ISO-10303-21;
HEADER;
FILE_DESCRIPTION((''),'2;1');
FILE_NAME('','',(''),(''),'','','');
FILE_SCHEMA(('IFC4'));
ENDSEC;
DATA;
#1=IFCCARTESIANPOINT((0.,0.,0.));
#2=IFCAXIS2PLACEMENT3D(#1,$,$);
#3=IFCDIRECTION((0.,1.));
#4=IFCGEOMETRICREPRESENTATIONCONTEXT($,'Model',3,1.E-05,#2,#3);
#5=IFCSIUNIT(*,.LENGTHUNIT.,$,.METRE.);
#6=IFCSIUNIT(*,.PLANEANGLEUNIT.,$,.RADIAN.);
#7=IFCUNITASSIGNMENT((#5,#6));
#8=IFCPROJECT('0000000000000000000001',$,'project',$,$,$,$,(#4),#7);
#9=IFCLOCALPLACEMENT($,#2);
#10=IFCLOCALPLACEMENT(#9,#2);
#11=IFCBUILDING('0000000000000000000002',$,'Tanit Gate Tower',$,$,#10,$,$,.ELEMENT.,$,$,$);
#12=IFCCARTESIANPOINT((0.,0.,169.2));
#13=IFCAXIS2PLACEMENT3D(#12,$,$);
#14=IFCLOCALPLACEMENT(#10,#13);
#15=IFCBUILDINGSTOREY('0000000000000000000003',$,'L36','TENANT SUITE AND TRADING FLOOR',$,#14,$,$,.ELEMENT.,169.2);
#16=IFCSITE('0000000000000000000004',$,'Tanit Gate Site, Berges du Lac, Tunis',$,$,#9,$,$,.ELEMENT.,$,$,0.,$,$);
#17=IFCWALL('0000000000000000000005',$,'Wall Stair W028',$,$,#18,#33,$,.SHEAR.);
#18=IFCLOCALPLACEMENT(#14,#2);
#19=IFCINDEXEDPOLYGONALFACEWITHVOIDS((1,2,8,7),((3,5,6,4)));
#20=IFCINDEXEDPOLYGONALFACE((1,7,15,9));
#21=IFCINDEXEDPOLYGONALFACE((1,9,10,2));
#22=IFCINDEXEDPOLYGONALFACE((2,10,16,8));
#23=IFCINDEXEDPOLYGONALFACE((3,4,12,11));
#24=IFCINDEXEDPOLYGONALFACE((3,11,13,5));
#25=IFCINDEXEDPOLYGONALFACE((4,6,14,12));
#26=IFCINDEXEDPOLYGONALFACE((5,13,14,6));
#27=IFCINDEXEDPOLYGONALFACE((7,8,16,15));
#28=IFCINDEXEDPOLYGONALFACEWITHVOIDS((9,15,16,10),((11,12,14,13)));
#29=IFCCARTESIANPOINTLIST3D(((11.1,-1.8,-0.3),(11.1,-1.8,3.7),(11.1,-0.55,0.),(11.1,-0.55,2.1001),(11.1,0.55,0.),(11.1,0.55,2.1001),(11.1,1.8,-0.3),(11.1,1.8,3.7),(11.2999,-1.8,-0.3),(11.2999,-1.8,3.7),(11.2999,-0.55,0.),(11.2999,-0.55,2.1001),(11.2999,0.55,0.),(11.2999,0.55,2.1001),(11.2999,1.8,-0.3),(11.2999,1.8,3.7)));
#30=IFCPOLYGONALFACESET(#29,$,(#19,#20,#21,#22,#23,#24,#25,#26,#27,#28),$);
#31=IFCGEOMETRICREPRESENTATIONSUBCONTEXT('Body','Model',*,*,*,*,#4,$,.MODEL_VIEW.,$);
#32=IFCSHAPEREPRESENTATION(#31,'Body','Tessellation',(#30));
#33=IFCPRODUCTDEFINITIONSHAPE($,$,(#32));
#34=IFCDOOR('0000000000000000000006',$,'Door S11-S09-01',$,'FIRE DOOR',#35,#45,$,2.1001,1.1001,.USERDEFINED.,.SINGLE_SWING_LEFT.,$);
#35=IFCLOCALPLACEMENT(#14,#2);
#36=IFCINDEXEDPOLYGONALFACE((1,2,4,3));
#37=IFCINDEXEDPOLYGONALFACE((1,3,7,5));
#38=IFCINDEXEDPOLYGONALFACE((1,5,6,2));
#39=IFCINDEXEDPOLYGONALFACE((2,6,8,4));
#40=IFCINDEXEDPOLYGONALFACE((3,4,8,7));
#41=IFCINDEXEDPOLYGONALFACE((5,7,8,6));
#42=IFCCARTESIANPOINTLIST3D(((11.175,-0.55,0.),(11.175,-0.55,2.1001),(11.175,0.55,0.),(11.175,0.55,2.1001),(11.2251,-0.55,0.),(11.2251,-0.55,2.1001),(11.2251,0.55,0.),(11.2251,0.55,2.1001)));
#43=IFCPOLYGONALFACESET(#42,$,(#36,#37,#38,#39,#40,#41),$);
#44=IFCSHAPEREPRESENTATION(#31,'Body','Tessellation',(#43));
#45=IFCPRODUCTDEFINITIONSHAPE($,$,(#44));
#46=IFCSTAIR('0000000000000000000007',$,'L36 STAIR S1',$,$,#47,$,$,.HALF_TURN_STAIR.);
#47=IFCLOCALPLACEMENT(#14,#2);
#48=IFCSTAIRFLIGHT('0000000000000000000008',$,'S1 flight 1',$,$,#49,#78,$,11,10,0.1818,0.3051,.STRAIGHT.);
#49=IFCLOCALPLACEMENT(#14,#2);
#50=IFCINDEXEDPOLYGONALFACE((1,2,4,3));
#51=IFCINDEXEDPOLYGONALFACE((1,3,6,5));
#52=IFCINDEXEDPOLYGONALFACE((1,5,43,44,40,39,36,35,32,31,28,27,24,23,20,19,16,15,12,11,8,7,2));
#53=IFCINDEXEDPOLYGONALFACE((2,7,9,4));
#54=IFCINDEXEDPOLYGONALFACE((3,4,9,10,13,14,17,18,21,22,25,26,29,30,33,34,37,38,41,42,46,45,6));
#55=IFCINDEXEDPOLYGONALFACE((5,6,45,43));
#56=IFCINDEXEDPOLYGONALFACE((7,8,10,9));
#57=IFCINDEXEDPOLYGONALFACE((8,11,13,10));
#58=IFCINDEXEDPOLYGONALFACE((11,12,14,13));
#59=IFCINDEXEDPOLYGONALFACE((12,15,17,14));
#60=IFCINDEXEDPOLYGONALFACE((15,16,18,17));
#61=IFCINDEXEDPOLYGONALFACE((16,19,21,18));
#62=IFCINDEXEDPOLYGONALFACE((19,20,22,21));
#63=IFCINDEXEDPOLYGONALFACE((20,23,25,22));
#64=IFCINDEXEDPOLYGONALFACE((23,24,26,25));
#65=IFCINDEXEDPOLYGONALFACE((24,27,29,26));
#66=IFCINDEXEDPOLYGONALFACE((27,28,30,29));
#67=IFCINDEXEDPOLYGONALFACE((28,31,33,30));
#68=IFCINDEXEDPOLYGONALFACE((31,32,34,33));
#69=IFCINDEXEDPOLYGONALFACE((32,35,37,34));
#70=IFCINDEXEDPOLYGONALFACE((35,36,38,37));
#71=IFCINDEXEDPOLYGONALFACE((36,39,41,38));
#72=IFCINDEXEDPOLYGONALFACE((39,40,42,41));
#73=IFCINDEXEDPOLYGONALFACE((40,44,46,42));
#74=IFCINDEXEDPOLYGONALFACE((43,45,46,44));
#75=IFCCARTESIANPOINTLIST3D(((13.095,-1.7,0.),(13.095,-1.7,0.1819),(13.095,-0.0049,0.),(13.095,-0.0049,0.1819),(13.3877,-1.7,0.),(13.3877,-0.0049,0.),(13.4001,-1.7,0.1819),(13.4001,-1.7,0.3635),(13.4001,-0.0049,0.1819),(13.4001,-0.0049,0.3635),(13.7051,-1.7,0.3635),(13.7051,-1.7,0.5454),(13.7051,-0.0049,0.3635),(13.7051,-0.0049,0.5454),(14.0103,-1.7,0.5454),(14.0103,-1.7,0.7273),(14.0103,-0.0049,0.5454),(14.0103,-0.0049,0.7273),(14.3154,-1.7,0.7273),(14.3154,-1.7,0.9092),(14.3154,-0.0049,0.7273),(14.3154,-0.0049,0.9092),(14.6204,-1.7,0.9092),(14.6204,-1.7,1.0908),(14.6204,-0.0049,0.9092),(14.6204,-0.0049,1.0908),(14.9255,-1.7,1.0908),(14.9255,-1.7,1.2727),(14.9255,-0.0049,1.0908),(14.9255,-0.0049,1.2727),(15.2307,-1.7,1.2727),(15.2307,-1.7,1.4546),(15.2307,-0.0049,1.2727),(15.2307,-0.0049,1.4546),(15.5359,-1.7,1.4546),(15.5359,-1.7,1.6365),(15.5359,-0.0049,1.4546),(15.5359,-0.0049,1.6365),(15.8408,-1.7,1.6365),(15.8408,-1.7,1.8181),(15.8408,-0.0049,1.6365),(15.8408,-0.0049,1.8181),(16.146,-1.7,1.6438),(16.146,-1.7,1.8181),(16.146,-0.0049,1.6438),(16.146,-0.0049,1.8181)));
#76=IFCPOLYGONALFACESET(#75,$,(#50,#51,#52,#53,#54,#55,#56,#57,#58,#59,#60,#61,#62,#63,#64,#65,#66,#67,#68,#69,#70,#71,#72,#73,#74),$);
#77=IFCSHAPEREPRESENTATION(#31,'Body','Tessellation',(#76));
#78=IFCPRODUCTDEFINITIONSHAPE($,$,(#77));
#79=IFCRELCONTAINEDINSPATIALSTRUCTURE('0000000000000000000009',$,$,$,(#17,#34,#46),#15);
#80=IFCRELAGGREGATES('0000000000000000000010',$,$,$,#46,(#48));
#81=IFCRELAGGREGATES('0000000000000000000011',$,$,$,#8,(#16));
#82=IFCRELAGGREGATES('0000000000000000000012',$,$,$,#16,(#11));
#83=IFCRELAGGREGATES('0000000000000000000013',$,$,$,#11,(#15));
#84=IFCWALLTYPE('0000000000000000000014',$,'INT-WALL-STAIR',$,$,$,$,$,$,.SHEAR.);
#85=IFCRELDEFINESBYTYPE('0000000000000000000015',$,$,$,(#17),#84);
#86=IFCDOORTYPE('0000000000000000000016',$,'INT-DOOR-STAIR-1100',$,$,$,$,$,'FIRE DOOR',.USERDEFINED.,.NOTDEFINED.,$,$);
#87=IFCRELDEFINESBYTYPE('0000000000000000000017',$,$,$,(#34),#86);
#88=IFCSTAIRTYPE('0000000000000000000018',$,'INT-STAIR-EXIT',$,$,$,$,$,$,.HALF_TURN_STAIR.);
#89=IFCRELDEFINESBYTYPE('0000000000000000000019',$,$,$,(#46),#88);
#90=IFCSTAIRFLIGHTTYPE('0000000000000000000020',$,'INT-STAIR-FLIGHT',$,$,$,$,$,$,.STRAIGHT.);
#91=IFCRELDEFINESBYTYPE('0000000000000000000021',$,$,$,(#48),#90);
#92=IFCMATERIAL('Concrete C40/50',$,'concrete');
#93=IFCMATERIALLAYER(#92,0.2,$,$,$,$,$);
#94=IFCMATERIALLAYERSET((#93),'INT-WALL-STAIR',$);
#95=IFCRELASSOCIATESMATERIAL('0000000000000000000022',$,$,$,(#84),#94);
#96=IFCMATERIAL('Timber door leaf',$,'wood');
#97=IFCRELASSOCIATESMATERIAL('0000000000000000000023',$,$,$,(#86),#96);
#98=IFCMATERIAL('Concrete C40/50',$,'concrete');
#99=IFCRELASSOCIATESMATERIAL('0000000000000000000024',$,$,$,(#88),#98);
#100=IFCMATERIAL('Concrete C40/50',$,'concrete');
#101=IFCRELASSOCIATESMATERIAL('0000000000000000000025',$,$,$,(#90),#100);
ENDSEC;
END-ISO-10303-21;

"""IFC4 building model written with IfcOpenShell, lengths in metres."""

from ifc_helpers import new_model, si_unit, direction, frame, frame_2d, origin, place, context, subcontext, project, spatial, polyline, rectangle, outline, extrude, material, layer, layer_set, type_object, element, fill, aggregate, save


model = new_model("IFC4")

# Units and contexts
model_context = context("Model", 3, precision=1e-05, world=origin(), true_north=direction((0.0, 1.0)))
body_context = subcontext(model_context, "Body", "Model", "MODEL_VIEW")
ifc_project = project(units=[si_unit("LENGTHUNIT", "METRE"), si_unit("PLANEANGLEUNIT", "RADIAN")], contexts=[model_context])

# Site, building, storey
site_placement = place(None, origin())
site = spatial("IfcSite", under=ifc_project, at=site_placement, Name="Tanit Gate Site, Berges du Lac, Tunis", CompositionType="ELEMENT", RefElevation=0.0)
building_placement = place(site_placement, origin())
building = spatial("IfcBuilding", under=site, at=building_placement, Name="Tanit Gate Tower", CompositionType="ELEMENT")
storey_placement = place(building_placement, frame((0.0, 0.0, 169.2)))
storey = spatial("IfcBuildingStorey", under=building, at=storey_placement, Name="L36", Description="TENANT SUITE AND TRADING FLOOR", CompositionType="ELEMENT", Elevation=169.2)

# Shared definitions
ifc_material_1 = material(Name="Concrete C40/50", Category="concrete")
ifc_layer_1 = layer(ifc_material_1, 0.2)
ifc_layer_set_1 = layer_set([ifc_layer_1], Name="INT-WALL-STAIR")
wall_type_1 = type_object("IfcWallType", Name="INT-WALL-STAIR", PredefinedType="SHEAR", material=ifc_layer_set_1)

# Wall, opening, door
wall_1_placement = place(storey_placement, frame((11.2, -1.8, -0.3), z_axis=(0.0, 0.0, 1.0), x_axis=(0.0, 1.0, 0.0)))
wall_1 = element("IfcWall", 1, at=wall_1_placement, inside=storey, type_object=wall_type_1, Name="Wall Stair W028", PredefinedType="SHEAR", context=body_context, shape_type="SweptSolid", body=[
    extrude(rectangle(XDim=3.6001, YDim=0.2, at=frame_2d((1.8, 0.0))), origin(), (0.0, 0.0, 1.0), 4.0),
])
opening_1_placement = place(wall_1_placement, frame((1.25, 0.0, 0.3)))
opening_1 = element("IfcOpeningElement", 2, at=opening_1_placement, cuts=wall_1, PredefinedType="OPENING", context=body_context, shape_type="SweptSolid", body=[
    extrude(rectangle(XDim=1.1001, YDim=2.1001, at=frame_2d((0.55, 1.05))), frame((0.0, 0.1099, 0.0), z_axis=(0.0, -1.0, 0.0), x_axis=(1.0, 0.0, 0.0)), (0.0, 0.0, 1.0), 0.22),
])
ifc_material_2 = material(Name="Timber door leaf", Category="wood")
door_type_1 = type_object("IfcDoorType", Name="INT-DOOR-STAIR-1100", ElementType="FIRE DOOR", OperationType="NOTDEFINED", PredefinedType="USERDEFINED", material=ifc_material_2)
door_1_placement = place(opening_1_placement, origin())
door_1 = element("IfcDoor", 3, at=door_1_placement, inside=storey, type_object=door_type_1, Name="Door S11-S09-01", ObjectType="FIRE DOOR", OperationType="SINGLE_SWING_LEFT", OverallHeight=2.1001, OverallWidth=1.1001, PredefinedType="USERDEFINED", context=body_context, shape_type="SweptSolid", body=[
    extrude(rectangle(XDim=1.1001, YDim=2.1001, at=frame_2d((0.55, 1.05))), frame((0.0, 0.0249, 0.0), z_axis=(0.0, -1.0, 0.0), x_axis=(1.0, 0.0, 0.0)), (0.0, 0.0, 1.0), 0.05),
])
fill(opening_1, door_1)

# Stair, stair flight
ifc_material_3 = material(Name="Concrete C40/50", Category="concrete")
stair_type = type_object("IfcStairType", Name="INT-STAIR-EXIT", PredefinedType="HALF_TURN_STAIR", material=ifc_material_3)
stair_placement = place(storey_placement, origin())
stair = element("IfcStair", 4, at=stair_placement, inside=storey, type_object=stair_type, Name="L36 STAIR S1", PredefinedType="HALF_TURN_STAIR")
ifc_material_4 = material(Name="Concrete C40/50", Category="concrete")
stair_flight_type = type_object("IfcStairFlightType", Name="INT-STAIR-FLIGHT", PredefinedType="STRAIGHT", material=ifc_material_4)
stair_flight_placement = place(storey_placement, frame((13.095, -0.8525, 0.0), z_axis=(0.0, 0.0, 1.0), x_axis=(1.0, 0.0, 0.0)))
stair_flight = element("IfcStairFlight", 5, at=stair_flight_placement, type_object=stair_flight_type, Name="S1 flight 1", NumberOfRisers=11, NumberOfTreads=10, PredefinedType="STRAIGHT", RiserHeight=0.1818, TreadLength=0.3051, context=body_context, shape_type="SweptSolid", body=[
    extrude(outline(polyline([(0.0, 0.0), (0.0, 0.1819), (0.3052, 0.1819), (0.3052, 0.3635), (0.6101, 0.3635), (0.6101, 0.5454), (0.9153, 0.5454), (0.9153, 0.7273), (1.2205, 0.7273), (1.2205, 0.9092), (1.5254, 0.9092), (1.5254, 1.0908), (1.8306, 1.0908), (1.8306, 1.2727), (2.1357, 1.2727), (2.1357, 1.4546), (2.4409, 1.4546), (2.4409, 1.6365), (2.7458, 1.6365), (2.7458, 1.8181), (3.051, 1.8181), (3.051, 2.0), (3.051, 1.6438), (0.2927, 0.0), (0.0, 0.0)])), frame((0.0, 0.8477, 0.0), z_axis=(0.0, -1.0, 0.0), x_axis=(1.0, 0.0, 0.0)), (0.0, 0.0, 1.0), 1.6951),
])
aggregate(stair, [stair_flight])

save(model, "model.ifc")
